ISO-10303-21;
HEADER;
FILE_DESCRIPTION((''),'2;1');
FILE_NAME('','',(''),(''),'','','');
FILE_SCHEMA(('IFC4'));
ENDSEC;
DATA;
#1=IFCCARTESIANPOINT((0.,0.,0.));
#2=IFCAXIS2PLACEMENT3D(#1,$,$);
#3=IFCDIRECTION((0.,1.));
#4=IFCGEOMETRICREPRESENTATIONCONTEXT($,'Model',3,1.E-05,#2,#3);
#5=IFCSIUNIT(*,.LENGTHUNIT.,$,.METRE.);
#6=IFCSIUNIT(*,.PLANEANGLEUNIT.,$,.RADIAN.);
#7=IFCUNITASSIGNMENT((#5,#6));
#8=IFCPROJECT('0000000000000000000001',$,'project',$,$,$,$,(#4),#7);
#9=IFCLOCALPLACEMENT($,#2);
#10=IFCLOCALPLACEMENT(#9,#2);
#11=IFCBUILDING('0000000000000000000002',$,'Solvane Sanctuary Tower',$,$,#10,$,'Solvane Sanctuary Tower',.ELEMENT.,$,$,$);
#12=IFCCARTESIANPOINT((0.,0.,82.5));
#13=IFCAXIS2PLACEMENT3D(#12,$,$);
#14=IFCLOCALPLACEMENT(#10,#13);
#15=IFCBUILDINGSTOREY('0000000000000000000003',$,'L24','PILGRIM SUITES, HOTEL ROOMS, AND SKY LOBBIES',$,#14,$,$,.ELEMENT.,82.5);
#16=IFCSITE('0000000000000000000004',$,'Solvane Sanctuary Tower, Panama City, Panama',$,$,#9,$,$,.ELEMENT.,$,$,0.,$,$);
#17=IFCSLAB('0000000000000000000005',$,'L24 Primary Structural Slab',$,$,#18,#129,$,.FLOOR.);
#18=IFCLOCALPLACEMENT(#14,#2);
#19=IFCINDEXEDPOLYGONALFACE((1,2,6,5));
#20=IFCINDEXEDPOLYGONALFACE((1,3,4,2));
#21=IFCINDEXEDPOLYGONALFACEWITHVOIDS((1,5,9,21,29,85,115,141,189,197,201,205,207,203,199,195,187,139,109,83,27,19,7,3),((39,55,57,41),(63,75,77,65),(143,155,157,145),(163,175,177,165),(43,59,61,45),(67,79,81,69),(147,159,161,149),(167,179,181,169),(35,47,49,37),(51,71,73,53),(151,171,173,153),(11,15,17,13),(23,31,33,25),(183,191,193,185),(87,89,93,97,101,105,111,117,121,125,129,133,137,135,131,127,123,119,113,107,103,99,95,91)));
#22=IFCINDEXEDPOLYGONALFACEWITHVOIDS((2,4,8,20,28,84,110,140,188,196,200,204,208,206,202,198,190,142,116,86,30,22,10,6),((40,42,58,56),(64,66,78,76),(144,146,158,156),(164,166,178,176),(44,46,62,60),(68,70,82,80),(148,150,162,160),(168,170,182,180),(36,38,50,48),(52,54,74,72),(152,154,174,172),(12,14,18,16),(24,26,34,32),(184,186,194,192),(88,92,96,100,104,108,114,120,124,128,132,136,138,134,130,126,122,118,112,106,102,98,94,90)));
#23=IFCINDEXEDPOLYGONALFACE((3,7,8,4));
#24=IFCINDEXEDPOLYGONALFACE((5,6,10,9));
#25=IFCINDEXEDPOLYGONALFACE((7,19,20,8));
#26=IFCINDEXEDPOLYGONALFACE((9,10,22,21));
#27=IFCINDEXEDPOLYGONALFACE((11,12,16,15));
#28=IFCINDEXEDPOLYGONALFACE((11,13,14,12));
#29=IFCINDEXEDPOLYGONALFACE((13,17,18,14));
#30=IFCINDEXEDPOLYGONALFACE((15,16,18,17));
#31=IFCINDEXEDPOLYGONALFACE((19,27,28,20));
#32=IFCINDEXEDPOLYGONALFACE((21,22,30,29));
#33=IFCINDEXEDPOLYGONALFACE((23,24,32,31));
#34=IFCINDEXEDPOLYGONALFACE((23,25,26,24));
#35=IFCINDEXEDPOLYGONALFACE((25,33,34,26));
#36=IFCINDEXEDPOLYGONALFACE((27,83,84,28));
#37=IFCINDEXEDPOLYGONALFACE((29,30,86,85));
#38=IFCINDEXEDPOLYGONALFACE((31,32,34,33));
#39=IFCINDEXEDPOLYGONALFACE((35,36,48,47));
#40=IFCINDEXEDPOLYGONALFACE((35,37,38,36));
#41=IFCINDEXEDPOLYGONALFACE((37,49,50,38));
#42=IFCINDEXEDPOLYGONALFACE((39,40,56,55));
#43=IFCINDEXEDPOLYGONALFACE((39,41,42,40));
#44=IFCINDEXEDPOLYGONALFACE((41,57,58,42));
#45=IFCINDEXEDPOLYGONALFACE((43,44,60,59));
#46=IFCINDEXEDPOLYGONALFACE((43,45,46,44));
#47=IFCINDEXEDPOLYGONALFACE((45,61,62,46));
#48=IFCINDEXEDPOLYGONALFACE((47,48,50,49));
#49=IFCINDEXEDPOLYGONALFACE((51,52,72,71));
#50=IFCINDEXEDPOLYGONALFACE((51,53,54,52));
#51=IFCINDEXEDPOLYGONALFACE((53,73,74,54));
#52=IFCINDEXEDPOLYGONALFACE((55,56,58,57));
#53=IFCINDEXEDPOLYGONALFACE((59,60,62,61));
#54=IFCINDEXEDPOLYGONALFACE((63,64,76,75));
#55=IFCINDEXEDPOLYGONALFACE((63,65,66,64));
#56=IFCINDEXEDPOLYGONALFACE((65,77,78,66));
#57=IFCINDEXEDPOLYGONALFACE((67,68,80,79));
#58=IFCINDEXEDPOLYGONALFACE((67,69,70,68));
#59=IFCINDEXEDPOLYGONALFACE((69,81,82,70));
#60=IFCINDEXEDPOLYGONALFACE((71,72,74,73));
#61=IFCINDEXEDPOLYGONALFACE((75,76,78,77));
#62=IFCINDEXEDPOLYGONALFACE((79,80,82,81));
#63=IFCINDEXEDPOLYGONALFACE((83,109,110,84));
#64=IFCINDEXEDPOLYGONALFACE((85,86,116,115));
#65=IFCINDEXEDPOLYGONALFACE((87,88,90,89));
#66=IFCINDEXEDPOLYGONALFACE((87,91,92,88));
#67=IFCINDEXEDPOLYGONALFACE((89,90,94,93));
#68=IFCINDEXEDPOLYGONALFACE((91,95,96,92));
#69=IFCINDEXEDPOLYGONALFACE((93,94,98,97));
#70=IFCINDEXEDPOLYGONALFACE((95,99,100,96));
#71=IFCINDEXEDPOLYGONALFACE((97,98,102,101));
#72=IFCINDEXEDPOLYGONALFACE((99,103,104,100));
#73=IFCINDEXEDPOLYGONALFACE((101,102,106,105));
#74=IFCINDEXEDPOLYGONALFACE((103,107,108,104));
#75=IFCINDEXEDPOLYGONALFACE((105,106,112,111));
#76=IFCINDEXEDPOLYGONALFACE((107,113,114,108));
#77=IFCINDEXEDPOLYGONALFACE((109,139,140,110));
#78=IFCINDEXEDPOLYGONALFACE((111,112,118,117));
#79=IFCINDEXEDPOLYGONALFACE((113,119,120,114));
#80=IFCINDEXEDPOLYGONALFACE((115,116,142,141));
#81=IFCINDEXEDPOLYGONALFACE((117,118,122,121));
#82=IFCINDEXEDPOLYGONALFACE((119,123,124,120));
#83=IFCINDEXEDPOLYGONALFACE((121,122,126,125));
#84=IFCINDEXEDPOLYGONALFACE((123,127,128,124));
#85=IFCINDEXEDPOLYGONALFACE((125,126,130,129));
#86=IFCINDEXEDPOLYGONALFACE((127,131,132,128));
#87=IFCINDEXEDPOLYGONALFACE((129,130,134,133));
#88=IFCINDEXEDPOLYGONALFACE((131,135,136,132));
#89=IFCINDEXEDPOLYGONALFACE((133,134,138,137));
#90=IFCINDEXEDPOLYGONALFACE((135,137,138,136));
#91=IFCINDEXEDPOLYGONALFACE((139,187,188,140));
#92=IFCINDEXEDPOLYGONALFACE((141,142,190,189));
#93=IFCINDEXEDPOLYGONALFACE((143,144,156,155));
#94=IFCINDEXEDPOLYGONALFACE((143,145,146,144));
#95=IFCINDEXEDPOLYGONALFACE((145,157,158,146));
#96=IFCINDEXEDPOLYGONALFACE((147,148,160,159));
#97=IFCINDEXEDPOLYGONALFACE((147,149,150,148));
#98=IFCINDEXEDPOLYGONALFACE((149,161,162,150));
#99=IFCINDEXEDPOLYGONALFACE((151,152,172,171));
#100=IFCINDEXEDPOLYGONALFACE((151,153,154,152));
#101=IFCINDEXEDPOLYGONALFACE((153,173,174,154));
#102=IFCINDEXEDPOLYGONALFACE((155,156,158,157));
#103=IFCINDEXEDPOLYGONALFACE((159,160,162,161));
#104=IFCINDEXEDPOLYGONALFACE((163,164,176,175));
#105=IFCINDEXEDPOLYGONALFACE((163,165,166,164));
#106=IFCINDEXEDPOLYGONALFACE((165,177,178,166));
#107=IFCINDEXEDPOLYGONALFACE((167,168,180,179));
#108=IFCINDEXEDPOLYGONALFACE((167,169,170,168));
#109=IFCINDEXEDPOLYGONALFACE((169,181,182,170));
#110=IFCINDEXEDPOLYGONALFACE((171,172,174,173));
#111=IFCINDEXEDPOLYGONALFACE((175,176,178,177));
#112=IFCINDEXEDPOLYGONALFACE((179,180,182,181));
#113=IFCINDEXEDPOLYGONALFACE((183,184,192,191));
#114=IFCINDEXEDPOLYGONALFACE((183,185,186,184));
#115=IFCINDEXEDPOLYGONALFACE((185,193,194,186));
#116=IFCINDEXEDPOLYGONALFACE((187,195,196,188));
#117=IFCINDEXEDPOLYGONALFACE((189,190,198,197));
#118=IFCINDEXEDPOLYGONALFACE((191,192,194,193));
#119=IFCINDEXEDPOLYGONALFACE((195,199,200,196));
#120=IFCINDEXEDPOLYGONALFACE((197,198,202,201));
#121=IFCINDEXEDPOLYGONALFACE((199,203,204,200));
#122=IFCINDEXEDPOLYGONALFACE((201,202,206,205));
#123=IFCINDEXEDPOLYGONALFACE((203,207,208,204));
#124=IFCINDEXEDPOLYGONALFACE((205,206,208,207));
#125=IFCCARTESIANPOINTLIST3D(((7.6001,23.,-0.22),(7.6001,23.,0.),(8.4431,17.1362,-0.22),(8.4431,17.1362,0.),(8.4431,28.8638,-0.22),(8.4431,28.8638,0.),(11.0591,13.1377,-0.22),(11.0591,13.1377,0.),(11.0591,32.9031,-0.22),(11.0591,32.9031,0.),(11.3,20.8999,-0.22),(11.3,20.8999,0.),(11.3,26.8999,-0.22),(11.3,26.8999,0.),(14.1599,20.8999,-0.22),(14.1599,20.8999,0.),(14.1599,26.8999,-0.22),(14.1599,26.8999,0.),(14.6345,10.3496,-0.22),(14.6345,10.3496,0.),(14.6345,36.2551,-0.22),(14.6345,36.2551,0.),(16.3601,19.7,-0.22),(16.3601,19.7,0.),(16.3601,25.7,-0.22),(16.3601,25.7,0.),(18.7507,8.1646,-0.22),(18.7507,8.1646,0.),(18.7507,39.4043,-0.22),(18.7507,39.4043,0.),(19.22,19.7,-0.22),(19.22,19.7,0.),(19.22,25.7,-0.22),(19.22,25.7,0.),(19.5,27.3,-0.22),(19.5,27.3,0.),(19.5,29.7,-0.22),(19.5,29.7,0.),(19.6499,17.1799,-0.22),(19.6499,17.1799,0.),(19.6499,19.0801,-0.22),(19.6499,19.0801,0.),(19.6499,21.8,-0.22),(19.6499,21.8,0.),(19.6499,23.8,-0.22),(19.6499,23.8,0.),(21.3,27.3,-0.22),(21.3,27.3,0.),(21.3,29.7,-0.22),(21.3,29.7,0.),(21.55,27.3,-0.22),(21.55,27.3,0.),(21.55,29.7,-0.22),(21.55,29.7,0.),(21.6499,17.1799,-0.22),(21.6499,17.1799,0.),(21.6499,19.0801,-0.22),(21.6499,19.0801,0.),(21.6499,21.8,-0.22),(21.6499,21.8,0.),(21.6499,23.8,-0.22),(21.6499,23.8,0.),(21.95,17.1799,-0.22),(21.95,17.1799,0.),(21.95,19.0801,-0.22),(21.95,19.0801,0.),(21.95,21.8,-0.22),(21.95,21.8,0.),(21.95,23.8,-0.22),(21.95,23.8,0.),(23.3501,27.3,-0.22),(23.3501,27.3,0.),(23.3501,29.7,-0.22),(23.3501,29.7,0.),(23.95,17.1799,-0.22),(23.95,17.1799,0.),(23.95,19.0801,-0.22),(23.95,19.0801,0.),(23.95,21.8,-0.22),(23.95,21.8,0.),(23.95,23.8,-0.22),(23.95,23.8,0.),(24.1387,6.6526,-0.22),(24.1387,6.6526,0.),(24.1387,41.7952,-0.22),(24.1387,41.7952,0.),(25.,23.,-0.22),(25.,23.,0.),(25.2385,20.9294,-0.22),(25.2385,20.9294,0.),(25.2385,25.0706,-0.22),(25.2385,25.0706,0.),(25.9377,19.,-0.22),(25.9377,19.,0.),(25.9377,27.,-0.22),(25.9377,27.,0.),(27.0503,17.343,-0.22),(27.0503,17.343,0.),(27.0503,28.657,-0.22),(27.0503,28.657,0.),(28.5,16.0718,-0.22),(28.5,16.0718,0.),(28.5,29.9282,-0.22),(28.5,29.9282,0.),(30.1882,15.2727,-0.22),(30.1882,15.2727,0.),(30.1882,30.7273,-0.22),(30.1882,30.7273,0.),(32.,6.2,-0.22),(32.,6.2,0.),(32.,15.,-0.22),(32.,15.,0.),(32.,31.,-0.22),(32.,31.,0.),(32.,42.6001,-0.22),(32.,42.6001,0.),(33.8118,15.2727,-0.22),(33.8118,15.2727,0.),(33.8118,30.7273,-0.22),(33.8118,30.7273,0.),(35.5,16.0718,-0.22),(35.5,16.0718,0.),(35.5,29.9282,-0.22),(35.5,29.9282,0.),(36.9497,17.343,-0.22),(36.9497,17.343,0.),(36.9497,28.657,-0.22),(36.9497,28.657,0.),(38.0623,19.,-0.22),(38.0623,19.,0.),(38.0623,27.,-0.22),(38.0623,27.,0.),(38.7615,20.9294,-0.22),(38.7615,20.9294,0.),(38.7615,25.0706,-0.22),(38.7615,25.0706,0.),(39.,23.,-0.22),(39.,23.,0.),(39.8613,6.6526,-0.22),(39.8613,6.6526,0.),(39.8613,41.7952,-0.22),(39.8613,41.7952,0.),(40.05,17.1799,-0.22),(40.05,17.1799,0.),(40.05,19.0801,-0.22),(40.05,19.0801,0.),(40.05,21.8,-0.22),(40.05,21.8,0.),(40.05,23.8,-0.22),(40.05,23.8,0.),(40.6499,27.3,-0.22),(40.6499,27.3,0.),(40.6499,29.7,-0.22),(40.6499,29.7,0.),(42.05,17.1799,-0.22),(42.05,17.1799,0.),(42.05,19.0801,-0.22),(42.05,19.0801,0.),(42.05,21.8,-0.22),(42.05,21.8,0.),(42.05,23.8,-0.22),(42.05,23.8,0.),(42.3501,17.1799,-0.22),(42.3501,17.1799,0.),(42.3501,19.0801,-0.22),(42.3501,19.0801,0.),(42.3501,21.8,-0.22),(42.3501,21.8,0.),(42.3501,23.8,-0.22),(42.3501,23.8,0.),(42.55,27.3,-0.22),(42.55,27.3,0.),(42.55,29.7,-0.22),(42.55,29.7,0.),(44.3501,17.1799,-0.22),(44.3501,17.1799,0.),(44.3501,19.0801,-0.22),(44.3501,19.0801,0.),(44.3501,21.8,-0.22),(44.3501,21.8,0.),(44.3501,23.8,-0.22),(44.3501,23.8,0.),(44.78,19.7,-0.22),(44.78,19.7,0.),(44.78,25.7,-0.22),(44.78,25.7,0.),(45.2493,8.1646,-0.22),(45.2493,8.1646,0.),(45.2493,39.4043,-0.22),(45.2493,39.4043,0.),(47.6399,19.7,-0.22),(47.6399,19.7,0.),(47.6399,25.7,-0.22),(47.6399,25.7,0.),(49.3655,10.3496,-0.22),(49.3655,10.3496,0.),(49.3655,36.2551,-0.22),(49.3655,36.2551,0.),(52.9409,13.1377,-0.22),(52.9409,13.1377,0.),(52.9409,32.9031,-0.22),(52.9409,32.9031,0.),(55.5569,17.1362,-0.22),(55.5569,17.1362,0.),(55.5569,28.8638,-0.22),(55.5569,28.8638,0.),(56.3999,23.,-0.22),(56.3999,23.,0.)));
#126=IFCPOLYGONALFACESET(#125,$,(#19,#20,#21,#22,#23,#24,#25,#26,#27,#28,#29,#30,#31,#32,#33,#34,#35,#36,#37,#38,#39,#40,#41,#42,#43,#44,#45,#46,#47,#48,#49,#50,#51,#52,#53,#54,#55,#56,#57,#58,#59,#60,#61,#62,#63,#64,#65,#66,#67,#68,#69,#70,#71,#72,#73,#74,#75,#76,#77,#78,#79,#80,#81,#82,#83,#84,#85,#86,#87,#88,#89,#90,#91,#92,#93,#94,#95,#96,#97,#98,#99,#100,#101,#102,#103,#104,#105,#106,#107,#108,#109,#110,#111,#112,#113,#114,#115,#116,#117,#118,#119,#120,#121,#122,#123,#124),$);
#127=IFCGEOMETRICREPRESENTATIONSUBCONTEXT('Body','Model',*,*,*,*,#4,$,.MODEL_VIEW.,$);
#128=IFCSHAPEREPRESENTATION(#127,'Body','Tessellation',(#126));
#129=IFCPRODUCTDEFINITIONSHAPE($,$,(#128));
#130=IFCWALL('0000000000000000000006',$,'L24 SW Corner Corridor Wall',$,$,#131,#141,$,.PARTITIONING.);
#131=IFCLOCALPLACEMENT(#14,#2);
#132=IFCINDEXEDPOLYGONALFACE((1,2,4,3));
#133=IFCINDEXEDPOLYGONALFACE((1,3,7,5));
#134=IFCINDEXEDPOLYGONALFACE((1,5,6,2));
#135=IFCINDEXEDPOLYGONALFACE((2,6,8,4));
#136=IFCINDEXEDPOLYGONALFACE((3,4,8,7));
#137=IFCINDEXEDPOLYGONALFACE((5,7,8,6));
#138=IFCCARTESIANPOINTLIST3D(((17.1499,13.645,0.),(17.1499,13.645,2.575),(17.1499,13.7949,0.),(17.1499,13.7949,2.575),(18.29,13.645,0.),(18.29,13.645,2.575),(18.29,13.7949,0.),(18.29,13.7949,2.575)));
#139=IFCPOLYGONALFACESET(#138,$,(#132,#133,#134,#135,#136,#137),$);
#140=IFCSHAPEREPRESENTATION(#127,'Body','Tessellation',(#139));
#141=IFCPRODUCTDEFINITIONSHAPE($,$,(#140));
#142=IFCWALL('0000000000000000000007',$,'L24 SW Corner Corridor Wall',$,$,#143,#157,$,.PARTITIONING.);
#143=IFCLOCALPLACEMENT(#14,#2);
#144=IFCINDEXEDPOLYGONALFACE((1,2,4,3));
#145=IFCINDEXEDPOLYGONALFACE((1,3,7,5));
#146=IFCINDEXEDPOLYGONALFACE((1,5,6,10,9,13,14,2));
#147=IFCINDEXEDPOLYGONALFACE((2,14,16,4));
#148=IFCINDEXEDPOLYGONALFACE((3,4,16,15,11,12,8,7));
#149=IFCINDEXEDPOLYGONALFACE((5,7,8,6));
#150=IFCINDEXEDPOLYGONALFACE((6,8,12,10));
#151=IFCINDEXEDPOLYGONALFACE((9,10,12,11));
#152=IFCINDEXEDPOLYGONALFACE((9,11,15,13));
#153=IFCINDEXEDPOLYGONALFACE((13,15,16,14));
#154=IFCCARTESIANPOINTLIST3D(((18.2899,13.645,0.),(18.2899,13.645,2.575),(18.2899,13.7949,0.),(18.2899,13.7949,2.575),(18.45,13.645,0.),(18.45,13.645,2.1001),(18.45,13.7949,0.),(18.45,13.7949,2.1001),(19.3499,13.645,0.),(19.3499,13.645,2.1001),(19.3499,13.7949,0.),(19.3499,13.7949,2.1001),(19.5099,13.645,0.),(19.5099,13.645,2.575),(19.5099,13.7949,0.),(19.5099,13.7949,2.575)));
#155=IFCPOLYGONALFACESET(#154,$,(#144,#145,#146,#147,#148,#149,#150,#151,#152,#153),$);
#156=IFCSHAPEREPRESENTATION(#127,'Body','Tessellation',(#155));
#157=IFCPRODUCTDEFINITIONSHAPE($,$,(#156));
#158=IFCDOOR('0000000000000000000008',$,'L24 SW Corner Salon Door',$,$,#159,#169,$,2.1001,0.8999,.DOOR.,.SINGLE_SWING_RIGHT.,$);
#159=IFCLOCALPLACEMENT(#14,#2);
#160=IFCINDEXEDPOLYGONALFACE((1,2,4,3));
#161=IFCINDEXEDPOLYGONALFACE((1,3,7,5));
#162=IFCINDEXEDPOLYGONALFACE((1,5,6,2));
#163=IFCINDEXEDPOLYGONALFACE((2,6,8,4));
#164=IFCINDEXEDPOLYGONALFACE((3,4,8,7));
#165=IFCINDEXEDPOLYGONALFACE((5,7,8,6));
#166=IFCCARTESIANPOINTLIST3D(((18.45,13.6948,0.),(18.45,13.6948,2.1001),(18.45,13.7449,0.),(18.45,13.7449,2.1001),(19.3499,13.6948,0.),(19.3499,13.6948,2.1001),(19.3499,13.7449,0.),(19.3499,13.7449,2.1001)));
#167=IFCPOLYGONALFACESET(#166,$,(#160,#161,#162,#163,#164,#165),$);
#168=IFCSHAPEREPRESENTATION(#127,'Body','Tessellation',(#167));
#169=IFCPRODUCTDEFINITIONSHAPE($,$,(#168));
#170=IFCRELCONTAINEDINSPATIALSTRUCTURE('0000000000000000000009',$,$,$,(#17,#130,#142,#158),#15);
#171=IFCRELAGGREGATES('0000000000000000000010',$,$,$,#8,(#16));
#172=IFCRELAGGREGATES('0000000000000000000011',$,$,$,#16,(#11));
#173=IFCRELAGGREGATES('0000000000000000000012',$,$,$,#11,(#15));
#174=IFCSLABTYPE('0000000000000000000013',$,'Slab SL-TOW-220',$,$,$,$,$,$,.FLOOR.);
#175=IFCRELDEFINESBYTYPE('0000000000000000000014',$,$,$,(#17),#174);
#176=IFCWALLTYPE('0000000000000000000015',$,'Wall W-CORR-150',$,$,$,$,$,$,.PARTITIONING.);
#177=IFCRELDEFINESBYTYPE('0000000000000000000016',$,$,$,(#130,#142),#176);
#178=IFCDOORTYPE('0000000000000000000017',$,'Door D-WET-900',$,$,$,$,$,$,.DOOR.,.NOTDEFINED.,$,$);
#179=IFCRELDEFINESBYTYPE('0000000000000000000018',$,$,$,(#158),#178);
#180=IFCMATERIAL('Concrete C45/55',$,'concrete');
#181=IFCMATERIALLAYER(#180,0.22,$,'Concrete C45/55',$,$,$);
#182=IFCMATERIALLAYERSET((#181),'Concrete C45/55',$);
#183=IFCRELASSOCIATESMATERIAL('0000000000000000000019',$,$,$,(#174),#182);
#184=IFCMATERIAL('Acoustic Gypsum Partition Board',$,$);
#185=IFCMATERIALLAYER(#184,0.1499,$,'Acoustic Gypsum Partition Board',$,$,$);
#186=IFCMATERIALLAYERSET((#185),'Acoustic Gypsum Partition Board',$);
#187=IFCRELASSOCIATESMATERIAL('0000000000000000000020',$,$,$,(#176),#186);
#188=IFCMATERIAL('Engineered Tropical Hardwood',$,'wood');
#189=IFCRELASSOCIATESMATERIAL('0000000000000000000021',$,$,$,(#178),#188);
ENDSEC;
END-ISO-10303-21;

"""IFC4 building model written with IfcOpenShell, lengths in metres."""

from ifc_helpers import new_model, si_unit, direction, frame, frame_2d, origin, place, context, subcontext, project, spatial, polyline, rectangle, outline, extrude, material, layer, layer_set, type_object, element, fill, save


model = new_model("IFC4")

# Units and contexts
model_context = context("Model", 3, precision=1e-05, world=origin(), true_north=direction((0.0, 1.0)))
body_context = subcontext(model_context, "Body", "Model", "MODEL_VIEW")
ifc_project = project(units=[si_unit("LENGTHUNIT", "METRE"), si_unit("PLANEANGLEUNIT", "RADIAN")], contexts=[model_context])

# Site, building, storey
site_placement = place(None, origin())
site = spatial("IfcSite", under=ifc_project, at=site_placement, Name="Solvane Sanctuary Tower, Panama City, Panama", CompositionType="ELEMENT", RefElevation=0.0)
building_placement = place(site_placement, origin())
building = spatial("IfcBuilding", under=site, at=building_placement, Name="Solvane Sanctuary Tower", LongName="Solvane Sanctuary Tower", CompositionType="ELEMENT")
storey_placement = place(building_placement, frame((0.0, 0.0, 82.5)))
storey = spatial("IfcBuildingStorey", under=building, at=storey_placement, Name="L24", Description="PILGRIM SUITES, HOTEL ROOMS, AND SKY LOBBIES", CompositionType="ELEMENT", Elevation=82.5)

# Shared definitions
ifc_material_1 = material(Name="Concrete C45/55", Category="concrete")

# Slab
ifc_layer_1 = layer(ifc_material_1, 0.22, Name="Concrete C45/55")
ifc_layer_set_1 = layer_set([ifc_layer_1], Name="Concrete C45/55")
slab_type_1 = type_object("IfcSlabType", Name="Slab SL-TOW-220", PredefinedType="FLOOR", material=ifc_layer_set_1)
slab_1_placement = place(storey_placement, frame((0.0, 0.0, -0.22)))
element("IfcSlab", 1, at=slab_1_placement, inside=storey, type_object=slab_type_1, Name="L24 Primary Structural Slab", PredefinedType="FLOOR", context=body_context, shape_type="SweptSolid", body=[
    extrude(outline(polyline([(56.3999, 23.0), (55.5569, 28.8638), (52.9409, 32.9031), (49.3655, 36.2551), (45.2493, 39.4043), (39.8613, 41.7952), (32.0, 42.6001), (24.1387, 41.7952), (18.7507, 39.4043), (14.6345, 36.2551), (11.0591, 32.9031), (8.4431, 28.8638), (7.6001, 23.0), (8.4431, 17.1362), (11.0591, 13.1377), (14.6345, 10.3496), (18.7507, 8.1646), (24.1387, 6.6526), (32.0, 6.2), (39.8613, 6.6526), (45.2493, 8.1646), (49.3655, 10.3496), (52.9409, 13.1377), (55.5569, 17.1362), (56.3999, 23.0)]), holes=[polyline([(38.7615, 20.9294), (38.0623, 19.0), (36.9497, 17.343), (35.5, 16.0718), (33.8118, 15.2727), (32.0, 15.0), (30.1882, 15.2727), (28.5, 16.0718), (27.0503, 17.343), (25.9377, 19.0), (25.2385, 20.9294), (25.0, 23.0), (25.2385, 25.0706), (25.9377, 27.0), (27.0503, 28.657), (28.5, 29.9282), (30.1882, 30.7273), (32.0, 31.0), (33.8118, 30.7273), (35.5, 29.9282), (36.9497, 28.657), (38.0623, 27.0), (38.7615, 25.0706), (39.0, 23.0), (38.7615, 20.9294)]), polyline([(16.3601, 19.7), (16.3601, 25.7), (19.22, 25.7), (19.22, 19.7), (16.3601, 19.7)]), polyline([(44.78, 19.7), (44.78, 25.7), (47.6399, 25.7), (47.6399, 19.7), (44.78, 19.7)]), polyline([(11.3, 20.8999), (11.3, 26.8999), (14.1599, 26.8999), (14.1599, 20.8999), (11.3, 20.8999)]), polyline([(19.6499, 19.0801), (21.6499, 19.0801), (21.6499, 17.1799), (19.6499, 17.1799), (19.6499, 19.0801)]), polyline([(21.95, 19.0801), (23.95, 19.0801), (23.95, 17.1799), (21.95, 17.1799), (21.95, 19.0801)]), polyline([(40.05, 19.0801), (42.05, 19.0801), (42.05, 17.1799), (40.05, 17.1799), (40.05, 19.0801)]), polyline([(42.3501, 19.0801), (44.3501, 19.0801), (44.3501, 17.1799), (42.3501, 17.1799), (42.3501, 19.0801)]), polyline([(19.6499, 23.8), (21.6499, 23.8), (21.6499, 21.8), (19.6499, 21.8), (19.6499, 23.8)]), polyline([(42.3501, 23.8), (44.3501, 23.8), (44.3501, 21.8), (42.3501, 21.8), (42.3501, 23.8)]), polyline([(21.95, 23.8), (23.95, 23.8), (23.95, 21.8), (21.95, 21.8), (21.95, 23.8)]), polyline([(40.05, 23.8), (42.05, 23.8), (42.05, 21.8), (40.05, 21.8), (40.05, 23.8)]), polyline([(19.5, 29.7), (21.3, 29.7), (21.3, 27.3), (19.5, 27.3), (19.5, 29.7)]), polyline([(21.55, 29.7), (23.3501, 29.7), (23.3501, 27.3), (21.55, 27.3), (21.55, 29.7)]), polyline([(40.6499, 29.7), (42.55, 29.7), (42.55, 27.3), (40.6499, 27.3), (40.6499, 29.7)])]), origin(), (0.0, 0.0, 1.0), 0.22),
])

# Wall
ifc_material_2 = material(Name="Acoustic Gypsum Partition Board")
ifc_layer_2 = layer(ifc_material_2, 0.1499, Name="Acoustic Gypsum Partition Board")
ifc_layer_set_2 = layer_set([ifc_layer_2], Name="Acoustic Gypsum Partition Board")
wall_type_1 = type_object("IfcWallType", Name="Wall W-CORR-150", PredefinedType="PARTITIONING", material=ifc_layer_set_2)
wall_1_placement = place(storey_placement, frame((17.1499, 13.72, 0.0), z_axis=(0.0, 0.0, 1.0), x_axis=(1.0, 0.0, 0.0)))
element("IfcWall", 2, at=wall_1_placement, inside=storey, type_object=wall_type_1, Name="L24 SW Corner Corridor Wall", PredefinedType="PARTITIONING", context=body_context, shape_type="SweptSolid", body=[
    extrude(rectangle(XDim=1.1401, YDim=0.1499, at=frame_2d((0.5701, 0.0))), origin(), (0.0, 0.0, 1.0), 2.575),
])

# Wall, opening, door
wall_2_placement = place(storey_placement, frame((18.29, 13.72, 0.0), z_axis=(0.0, 0.0, 1.0), x_axis=(1.0, 0.0, 0.0)))
wall_2 = element("IfcWall", 3, at=wall_2_placement, inside=storey, type_object=wall_type_1, Name="L24 SW Corner Corridor Wall", PredefinedType="PARTITIONING", context=body_context, shape_type="SweptSolid", body=[
    extrude(rectangle(XDim=1.22, YDim=0.1499, at=frame_2d((0.6099, 0.0))), origin(), (0.0, 0.0, 1.0), 2.575),
])
opening_1_placement = place(wall_2_placement, frame((0.1599, 0.0, 0.0)))
opening_1 = element("IfcOpeningElement", 4, at=opening_1_placement, cuts=wall_2, PredefinedType="OPENING", context=body_context, shape_type="SweptSolid", body=[
    extrude(rectangle(XDim=0.8999, YDim=2.1001, at=frame_2d((0.45, 1.05))), frame((0.0, 0.085, 0.0), z_axis=(0.0, -1.0, 0.0), x_axis=(1.0, 0.0, 0.0)), (0.0, 0.0, 1.0), 0.1699),
])
ifc_material_3 = material(Name="Engineered Tropical Hardwood", Category="wood")
door_type = type_object("IfcDoorType", Name="Door D-WET-900", OperationType="NOTDEFINED", PredefinedType="DOOR", material=ifc_material_3)
door_placement = place(opening_1_placement, origin())
door = element("IfcDoor", 5, at=door_placement, inside=storey, type_object=door_type, Name="L24 SW Corner Salon Door", OperationType="SINGLE_SWING_RIGHT", OverallHeight=2.1001, OverallWidth=0.8999, PredefinedType="DOOR", context=body_context, shape_type="SweptSolid", body=[
    extrude(rectangle(XDim=0.8999, YDim=2.1001, at=frame_2d((0.45, 1.05))), frame((0.0, 0.0249, 0.0), z_axis=(0.0, -1.0, 0.0), x_axis=(1.0, 0.0, 0.0)), (0.0, 0.0, 1.0), 0.05),
])
fill(opening_1, door)

save(model, "model.ifc")
